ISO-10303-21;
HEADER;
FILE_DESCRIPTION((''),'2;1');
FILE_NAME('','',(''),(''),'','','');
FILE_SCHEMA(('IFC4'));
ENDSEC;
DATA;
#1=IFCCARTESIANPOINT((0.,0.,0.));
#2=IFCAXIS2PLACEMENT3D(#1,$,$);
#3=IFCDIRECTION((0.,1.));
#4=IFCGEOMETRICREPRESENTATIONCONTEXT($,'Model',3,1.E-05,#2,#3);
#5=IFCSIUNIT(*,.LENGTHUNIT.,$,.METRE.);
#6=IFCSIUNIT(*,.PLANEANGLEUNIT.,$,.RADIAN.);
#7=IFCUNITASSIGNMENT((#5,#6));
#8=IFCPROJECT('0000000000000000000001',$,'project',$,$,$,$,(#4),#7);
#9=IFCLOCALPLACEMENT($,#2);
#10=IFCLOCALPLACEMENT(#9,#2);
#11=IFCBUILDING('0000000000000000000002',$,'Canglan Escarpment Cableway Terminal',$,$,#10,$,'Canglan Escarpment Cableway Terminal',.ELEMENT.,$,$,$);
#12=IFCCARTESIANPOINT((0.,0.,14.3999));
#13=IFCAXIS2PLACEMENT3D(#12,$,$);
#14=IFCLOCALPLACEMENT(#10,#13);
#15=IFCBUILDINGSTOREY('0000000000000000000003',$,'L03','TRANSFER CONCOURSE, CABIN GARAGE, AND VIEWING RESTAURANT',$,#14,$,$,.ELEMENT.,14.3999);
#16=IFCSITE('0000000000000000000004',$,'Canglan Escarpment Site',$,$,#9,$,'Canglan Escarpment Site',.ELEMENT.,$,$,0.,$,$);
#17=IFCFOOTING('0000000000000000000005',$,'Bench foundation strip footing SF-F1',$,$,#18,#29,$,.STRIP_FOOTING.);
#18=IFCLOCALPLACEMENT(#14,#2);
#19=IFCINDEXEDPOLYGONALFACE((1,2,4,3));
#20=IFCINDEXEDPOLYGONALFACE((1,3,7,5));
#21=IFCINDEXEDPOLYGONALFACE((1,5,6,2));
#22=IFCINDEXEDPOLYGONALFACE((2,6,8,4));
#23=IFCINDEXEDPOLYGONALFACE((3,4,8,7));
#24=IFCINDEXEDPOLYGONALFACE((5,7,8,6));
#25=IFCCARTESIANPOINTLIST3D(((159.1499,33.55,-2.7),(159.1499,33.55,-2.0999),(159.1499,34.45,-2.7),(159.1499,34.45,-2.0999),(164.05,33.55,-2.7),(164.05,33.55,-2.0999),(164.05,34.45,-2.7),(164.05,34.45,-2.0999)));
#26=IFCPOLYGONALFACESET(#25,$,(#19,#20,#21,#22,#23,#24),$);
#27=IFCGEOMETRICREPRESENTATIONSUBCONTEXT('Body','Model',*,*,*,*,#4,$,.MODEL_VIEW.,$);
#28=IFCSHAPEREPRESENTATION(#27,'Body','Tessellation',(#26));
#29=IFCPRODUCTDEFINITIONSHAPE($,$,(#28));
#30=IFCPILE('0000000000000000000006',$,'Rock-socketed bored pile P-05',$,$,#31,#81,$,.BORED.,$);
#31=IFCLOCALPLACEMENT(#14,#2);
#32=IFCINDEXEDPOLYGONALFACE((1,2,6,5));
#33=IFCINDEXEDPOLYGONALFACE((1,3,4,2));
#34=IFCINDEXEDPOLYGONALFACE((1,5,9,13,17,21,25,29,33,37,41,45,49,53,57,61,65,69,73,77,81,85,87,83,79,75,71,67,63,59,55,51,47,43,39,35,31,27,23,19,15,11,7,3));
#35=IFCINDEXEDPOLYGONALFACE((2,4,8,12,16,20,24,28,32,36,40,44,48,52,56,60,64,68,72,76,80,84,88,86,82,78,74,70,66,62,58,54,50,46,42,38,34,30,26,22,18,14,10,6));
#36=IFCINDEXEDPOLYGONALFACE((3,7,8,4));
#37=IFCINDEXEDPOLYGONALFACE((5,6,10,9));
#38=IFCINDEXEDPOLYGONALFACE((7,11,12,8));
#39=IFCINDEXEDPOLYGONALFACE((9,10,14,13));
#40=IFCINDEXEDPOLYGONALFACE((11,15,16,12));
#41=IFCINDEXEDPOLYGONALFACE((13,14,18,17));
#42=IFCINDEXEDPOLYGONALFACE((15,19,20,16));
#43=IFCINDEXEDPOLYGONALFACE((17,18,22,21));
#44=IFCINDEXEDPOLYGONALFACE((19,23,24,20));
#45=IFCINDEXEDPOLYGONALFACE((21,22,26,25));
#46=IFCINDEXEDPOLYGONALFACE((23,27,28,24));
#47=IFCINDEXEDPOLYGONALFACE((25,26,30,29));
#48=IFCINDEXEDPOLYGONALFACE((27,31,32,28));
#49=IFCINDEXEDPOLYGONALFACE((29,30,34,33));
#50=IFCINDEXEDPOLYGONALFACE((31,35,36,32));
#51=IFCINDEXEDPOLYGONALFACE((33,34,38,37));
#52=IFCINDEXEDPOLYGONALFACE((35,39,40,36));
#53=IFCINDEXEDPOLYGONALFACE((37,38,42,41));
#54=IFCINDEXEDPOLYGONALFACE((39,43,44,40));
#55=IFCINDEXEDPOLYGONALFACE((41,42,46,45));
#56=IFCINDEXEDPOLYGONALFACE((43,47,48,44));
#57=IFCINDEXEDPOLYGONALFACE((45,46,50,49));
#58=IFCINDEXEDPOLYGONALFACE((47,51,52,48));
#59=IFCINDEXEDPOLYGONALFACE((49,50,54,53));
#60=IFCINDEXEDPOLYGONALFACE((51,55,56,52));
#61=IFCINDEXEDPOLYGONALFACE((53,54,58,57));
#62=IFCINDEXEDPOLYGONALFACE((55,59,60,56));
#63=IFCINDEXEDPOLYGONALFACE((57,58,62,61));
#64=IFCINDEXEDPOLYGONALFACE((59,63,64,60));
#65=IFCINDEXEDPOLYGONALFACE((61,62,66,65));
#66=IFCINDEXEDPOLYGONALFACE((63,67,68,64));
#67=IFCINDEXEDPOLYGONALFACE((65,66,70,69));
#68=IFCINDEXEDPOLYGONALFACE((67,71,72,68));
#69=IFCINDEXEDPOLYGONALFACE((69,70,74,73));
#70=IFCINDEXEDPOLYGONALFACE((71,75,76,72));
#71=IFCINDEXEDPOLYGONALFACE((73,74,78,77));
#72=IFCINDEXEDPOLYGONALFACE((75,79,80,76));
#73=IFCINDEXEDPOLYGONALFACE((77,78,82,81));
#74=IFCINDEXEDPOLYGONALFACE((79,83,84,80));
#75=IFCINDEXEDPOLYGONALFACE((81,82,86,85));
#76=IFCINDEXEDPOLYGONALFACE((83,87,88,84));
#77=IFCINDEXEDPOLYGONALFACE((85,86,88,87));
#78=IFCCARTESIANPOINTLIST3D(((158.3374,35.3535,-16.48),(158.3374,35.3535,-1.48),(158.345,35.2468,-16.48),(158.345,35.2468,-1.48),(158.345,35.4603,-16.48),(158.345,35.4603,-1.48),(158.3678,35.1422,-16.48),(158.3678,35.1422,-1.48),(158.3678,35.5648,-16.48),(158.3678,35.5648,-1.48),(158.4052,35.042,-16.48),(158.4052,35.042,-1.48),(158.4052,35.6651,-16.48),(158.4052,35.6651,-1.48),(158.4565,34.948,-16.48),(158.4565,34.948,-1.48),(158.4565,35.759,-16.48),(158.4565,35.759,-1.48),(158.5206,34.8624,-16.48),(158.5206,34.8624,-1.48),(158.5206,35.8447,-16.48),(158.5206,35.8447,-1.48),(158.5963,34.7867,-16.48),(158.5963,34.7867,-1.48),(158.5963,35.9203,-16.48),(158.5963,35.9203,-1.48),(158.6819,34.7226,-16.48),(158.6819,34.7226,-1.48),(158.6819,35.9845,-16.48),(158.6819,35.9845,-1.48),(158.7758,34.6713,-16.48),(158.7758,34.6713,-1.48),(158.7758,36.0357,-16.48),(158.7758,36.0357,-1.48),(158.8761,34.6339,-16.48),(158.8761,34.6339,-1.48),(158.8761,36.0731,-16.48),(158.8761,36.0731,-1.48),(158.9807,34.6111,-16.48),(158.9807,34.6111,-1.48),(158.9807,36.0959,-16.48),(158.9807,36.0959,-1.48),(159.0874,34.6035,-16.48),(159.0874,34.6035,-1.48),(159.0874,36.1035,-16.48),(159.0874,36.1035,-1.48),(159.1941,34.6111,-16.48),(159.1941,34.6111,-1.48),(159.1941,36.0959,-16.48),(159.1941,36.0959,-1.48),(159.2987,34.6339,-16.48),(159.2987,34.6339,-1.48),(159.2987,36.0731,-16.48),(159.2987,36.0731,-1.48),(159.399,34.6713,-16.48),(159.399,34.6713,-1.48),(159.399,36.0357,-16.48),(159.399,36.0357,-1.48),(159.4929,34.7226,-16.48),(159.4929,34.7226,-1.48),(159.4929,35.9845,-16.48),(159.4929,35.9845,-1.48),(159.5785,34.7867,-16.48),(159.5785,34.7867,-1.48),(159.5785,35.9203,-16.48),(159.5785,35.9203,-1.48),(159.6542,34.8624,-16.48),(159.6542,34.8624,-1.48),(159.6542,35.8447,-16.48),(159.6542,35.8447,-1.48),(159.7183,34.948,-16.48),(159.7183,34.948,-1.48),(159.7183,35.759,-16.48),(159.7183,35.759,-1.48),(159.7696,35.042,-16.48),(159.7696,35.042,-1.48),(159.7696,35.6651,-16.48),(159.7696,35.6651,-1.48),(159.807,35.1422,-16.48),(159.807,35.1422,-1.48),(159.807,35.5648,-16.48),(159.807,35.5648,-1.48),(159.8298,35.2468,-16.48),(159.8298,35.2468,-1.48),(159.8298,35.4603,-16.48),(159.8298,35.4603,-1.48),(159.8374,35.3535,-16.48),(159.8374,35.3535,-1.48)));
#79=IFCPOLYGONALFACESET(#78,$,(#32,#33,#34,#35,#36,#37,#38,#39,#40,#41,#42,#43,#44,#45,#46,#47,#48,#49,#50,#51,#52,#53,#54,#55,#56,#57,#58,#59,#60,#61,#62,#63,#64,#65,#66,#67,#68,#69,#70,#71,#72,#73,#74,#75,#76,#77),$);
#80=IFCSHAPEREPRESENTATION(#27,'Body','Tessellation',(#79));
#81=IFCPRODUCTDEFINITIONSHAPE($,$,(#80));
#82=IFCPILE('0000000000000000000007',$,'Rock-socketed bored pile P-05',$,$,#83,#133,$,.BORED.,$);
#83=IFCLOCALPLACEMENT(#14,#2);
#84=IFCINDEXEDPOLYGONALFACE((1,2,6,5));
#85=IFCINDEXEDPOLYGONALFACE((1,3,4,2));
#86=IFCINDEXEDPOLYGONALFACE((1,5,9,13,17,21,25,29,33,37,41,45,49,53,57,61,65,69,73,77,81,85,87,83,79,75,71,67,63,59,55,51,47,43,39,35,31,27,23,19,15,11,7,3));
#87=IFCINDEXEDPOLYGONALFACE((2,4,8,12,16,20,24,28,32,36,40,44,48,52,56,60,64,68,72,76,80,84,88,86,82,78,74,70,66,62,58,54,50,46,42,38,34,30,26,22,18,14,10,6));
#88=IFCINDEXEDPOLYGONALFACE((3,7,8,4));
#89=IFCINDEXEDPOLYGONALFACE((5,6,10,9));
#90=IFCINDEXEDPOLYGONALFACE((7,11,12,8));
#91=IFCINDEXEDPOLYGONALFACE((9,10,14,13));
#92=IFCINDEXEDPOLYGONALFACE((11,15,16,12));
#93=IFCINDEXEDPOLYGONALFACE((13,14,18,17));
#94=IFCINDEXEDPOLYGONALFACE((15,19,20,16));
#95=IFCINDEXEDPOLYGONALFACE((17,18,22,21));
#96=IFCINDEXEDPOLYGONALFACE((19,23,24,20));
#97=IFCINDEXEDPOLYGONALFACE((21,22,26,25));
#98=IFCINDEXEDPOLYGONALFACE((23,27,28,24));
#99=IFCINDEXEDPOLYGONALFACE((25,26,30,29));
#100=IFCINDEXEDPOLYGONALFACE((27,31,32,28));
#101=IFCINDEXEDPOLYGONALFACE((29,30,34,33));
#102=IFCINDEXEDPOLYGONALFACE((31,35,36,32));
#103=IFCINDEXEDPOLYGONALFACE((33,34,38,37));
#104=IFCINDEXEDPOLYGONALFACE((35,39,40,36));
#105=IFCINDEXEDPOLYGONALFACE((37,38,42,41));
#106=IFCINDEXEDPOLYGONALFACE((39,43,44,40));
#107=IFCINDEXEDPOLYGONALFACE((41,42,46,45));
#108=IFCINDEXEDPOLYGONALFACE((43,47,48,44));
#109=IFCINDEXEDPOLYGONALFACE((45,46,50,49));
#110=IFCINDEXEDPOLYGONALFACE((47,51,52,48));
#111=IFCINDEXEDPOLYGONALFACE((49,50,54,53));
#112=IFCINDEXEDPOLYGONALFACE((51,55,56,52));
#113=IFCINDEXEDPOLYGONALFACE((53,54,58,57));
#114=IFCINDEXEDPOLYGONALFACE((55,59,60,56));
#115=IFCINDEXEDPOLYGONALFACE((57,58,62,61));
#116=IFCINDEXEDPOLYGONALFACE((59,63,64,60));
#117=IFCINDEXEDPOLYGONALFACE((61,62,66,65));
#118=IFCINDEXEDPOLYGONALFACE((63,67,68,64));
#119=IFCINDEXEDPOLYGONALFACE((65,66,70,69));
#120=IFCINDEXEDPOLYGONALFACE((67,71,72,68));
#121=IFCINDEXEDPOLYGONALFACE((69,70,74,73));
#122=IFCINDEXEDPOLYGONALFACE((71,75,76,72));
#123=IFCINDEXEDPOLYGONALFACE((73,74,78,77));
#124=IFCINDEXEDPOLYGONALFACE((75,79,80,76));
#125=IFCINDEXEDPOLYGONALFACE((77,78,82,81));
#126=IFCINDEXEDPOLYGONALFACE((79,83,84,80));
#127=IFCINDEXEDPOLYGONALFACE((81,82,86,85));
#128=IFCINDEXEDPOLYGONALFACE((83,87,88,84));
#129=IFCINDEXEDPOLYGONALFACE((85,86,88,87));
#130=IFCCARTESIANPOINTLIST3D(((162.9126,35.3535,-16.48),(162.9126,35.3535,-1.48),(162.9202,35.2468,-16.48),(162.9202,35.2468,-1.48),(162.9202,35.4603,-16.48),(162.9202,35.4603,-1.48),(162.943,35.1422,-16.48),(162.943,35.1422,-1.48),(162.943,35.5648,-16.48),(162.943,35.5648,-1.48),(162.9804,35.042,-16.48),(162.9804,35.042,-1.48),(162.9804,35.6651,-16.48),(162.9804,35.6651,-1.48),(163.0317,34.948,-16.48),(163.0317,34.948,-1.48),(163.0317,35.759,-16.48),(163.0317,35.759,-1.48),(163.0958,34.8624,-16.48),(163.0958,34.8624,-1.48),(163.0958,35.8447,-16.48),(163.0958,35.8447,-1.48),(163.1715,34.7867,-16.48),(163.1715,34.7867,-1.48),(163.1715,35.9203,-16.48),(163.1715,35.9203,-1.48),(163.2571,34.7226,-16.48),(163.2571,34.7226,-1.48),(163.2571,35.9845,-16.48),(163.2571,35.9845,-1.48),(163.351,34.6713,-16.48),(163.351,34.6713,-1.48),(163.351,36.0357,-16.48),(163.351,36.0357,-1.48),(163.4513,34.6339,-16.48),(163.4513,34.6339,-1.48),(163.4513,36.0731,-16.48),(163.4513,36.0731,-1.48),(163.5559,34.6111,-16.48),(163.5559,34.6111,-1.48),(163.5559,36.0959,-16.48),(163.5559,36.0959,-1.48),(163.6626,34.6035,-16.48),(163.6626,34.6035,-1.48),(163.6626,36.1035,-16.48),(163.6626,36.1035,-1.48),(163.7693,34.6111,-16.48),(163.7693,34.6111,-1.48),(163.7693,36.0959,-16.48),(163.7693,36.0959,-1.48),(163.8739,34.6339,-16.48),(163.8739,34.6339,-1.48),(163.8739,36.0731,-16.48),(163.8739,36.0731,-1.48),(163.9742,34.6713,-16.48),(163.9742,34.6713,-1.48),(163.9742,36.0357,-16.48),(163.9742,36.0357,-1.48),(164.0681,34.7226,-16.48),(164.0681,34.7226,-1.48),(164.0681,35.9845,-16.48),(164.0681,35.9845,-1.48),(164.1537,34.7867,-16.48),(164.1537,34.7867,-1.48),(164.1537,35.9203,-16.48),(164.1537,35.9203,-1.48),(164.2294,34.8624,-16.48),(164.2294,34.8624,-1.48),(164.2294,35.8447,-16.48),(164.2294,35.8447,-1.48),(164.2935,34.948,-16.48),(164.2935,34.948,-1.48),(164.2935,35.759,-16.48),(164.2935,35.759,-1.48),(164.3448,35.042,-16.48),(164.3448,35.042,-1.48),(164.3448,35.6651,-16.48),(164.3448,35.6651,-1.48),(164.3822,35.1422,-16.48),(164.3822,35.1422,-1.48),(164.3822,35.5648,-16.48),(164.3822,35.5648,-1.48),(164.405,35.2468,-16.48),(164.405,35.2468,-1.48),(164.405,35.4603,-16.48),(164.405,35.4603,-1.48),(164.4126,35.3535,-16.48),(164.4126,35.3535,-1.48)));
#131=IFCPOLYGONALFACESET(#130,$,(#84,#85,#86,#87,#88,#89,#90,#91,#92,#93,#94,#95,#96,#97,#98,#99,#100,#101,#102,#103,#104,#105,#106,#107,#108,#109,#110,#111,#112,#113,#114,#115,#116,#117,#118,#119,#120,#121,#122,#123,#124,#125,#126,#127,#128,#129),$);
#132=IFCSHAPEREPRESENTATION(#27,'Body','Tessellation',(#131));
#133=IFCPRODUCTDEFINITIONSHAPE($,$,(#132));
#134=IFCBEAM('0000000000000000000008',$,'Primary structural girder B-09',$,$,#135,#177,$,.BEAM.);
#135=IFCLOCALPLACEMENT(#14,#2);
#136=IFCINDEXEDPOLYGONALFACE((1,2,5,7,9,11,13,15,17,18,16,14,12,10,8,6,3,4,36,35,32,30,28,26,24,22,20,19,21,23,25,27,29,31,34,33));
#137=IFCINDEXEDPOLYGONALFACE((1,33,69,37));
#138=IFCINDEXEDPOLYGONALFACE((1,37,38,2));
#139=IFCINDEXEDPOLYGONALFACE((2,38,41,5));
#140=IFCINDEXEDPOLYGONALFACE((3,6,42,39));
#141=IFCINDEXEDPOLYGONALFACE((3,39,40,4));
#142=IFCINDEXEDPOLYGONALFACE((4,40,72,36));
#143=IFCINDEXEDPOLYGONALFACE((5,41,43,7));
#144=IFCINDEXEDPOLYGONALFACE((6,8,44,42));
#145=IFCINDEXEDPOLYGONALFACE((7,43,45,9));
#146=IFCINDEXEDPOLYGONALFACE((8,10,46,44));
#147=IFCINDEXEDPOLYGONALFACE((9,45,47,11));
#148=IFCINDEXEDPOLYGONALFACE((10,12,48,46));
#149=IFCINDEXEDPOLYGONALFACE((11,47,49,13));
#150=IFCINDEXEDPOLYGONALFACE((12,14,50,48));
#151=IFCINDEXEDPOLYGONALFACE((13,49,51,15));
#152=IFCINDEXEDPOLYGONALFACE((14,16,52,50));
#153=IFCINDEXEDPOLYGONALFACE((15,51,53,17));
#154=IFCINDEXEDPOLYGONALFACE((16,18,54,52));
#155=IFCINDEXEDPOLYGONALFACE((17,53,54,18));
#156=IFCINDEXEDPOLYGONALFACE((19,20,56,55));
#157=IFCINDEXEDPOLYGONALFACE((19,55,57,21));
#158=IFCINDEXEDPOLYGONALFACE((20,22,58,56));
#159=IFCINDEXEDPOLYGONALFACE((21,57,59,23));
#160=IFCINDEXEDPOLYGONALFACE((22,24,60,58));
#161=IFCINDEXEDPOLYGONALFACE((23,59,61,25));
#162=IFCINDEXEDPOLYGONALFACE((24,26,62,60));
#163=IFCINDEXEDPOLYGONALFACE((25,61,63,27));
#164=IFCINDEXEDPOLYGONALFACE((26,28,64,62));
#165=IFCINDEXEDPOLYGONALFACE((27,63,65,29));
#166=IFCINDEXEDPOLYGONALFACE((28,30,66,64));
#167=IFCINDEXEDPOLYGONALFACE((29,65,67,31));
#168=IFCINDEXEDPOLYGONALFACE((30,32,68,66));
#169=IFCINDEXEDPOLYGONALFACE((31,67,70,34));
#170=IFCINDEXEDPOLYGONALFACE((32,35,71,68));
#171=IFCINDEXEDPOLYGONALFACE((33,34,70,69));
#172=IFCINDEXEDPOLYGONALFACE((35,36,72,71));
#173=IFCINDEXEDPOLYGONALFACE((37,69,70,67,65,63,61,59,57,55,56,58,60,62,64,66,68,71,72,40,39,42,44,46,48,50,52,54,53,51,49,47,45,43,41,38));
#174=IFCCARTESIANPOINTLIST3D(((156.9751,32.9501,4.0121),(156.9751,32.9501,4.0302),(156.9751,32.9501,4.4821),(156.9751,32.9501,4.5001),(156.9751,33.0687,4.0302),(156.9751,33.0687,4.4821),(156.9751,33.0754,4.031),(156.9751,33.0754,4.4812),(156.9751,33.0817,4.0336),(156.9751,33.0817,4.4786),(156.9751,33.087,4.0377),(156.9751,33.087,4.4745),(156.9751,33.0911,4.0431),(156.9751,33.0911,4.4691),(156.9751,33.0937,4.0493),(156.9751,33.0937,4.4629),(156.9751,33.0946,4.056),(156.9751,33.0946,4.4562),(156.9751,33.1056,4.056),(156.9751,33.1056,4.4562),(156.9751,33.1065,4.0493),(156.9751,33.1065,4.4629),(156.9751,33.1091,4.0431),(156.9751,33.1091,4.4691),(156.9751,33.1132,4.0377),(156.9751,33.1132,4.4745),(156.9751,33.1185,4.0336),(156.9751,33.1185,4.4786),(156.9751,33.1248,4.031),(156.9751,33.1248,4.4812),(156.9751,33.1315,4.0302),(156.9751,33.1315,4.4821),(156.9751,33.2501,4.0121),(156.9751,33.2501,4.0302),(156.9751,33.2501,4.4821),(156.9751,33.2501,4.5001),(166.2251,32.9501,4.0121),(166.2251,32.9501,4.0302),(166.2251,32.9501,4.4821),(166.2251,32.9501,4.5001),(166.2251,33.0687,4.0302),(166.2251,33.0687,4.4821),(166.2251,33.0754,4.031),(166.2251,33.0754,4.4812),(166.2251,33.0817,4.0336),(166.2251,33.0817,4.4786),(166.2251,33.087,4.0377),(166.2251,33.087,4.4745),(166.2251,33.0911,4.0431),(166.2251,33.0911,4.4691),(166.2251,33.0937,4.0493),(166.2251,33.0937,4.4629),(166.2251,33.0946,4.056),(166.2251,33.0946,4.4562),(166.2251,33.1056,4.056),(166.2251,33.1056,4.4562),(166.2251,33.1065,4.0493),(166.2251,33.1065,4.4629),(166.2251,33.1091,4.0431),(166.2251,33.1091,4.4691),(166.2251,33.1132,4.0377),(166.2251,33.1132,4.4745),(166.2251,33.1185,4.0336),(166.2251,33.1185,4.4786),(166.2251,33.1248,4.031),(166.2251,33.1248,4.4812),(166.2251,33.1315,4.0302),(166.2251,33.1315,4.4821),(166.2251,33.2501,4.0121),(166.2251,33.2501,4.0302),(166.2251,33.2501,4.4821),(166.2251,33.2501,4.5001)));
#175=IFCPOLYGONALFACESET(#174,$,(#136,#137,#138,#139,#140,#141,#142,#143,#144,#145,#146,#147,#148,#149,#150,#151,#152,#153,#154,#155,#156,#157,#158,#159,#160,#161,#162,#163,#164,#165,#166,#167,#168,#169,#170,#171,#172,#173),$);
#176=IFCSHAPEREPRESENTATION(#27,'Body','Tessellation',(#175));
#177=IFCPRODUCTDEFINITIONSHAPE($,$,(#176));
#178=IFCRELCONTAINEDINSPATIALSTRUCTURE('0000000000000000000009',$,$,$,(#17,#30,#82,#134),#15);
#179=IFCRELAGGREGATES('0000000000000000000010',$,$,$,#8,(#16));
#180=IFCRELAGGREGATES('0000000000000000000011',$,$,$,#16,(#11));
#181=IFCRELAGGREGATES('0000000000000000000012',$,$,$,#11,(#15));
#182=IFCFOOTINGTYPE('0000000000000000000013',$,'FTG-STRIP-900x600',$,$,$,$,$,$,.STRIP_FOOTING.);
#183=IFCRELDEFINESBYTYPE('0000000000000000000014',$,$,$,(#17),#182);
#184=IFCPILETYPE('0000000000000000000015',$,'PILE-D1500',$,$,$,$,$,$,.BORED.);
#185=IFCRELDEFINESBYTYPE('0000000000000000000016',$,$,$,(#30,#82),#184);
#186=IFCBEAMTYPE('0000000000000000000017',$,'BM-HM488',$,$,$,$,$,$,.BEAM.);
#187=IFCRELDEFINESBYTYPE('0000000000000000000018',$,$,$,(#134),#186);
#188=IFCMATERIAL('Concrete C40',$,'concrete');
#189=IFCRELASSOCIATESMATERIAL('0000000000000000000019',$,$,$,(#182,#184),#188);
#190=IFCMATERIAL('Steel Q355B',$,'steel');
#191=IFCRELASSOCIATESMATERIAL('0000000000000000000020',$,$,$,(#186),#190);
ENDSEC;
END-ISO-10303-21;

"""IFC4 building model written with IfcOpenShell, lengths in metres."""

from ifc_helpers import new_model, si_unit, direction, frame, origin, origin_2d, place, context, subcontext, project, spatial, rectangle, circle, i_section, extrude, material, material_profile, profile_set, type_object, element, save


model = new_model("IFC4")

# Units and contexts
model_context = context("Model", 3, precision=1e-05, world=origin(), true_north=direction((0.0, 1.0)))
body_context = subcontext(model_context, "Body", "Model", "MODEL_VIEW")
ifc_project = project(units=[si_unit("LENGTHUNIT", "METRE"), si_unit("PLANEANGLEUNIT", "RADIAN")], contexts=[model_context])

# Site, building, storey
site_placement = place(None, origin())
site = spatial("IfcSite", under=ifc_project, at=site_placement, Name="Canglan Escarpment Site", LongName="Canglan Escarpment Site", CompositionType="ELEMENT", RefElevation=0.0)
building_placement = place(site_placement, origin())
building = spatial("IfcBuilding", under=site, at=building_placement, Name="Canglan Escarpment Cableway Terminal", LongName="Canglan Escarpment Cableway Terminal", CompositionType="ELEMENT")
storey_placement = place(building_placement, frame((0.0, 0.0, 14.3999)))
storey = spatial("IfcBuildingStorey", under=building, at=storey_placement, Name="L03", Description="TRANSFER CONCOURSE, CABIN GARAGE, AND VIEWING RESTAURANT", CompositionType="ELEMENT", Elevation=14.3999)

# Footing
ifc_material_1 = material(Name="Concrete C40", Category="concrete")
ifc_material_profile_1 = material_profile(ifc_material_1, rectangle(XDim=0.8999, YDim=0.6001, at=origin_2d()), Name="SF 900x600")
ifc_profile_set_1 = profile_set([ifc_material_profile_1], Name="Concrete C40")
footing_type = type_object("IfcFootingType", Name="FTG-STRIP-900x600", PredefinedType="STRIP_FOOTING", material=ifc_profile_set_1)
footing_placement = place(storey_placement, frame((159.1499, 34.0, -2.3999), z_axis=(1.0, 0.0, 0.0), x_axis=(0.0, 1.0, 0.0)))
element("IfcFooting", 1, at=footing_placement, inside=storey, type_object=footing_type, Name="Bench foundation strip footing SF-F1", PredefinedType="STRIP_FOOTING", context=body_context, shape_type="SweptSolid", body=[
    extrude(rectangle(XDim=0.8999, YDim=0.6001, at=origin_2d()), origin(), (0.0, 0.0, 1.0), 4.9001),
])

# Piles
ifc_material_profile_2 = material_profile(ifc_material_1, circle(Radius=0.75, at=origin_2d()), Name="BORED PILE D1500")
ifc_profile_set_2 = profile_set([ifc_material_profile_2], Name="Concrete C40")
pile_type = type_object("IfcPileType", Name="PILE-D1500", PredefinedType="BORED", material=ifc_profile_set_2)
for number, where, z_axis, x_axis, name in (
    (2, (159.0874, 35.3535, -1.48), (0.0, 0.0, -1.0), (1.0, 0.0, 0.0), "Rock-socketed bored pile P-05"),
    (3, (163.6626, 35.3535, -1.48), (0.0, 0.0, -1.0), (1.0, 0.0, 0.0), "Rock-socketed bored pile P-05"),
):
    element("IfcPile", number, at=place(storey_placement, frame(where, z_axis=z_axis, x_axis=x_axis)), inside=storey, type_object=pile_type, Name=name, PredefinedType="BORED", context=body_context, shape_type="SweptSolid", body=[
        extrude(circle(Radius=0.75, at=origin_2d()), origin(), (0.0, 0.0, 1.0), 15.0),
    ])

# Beam
ifc_material_2 = material(Name="Steel Q355B", Category="steel")
ifc_material_profile_3 = material_profile(ifc_material_2, i_section(OverallWidth=0.3, OverallDepth=0.488, WebThickness=0.011, FlangeThickness=0.0181, FilletRadius=0.0259, at=origin_2d()), Name="HM 488x300x11x18")
ifc_profile_set_3 = profile_set([ifc_material_profile_3], Name="Steel Q355B")
beam_type_1 = type_object("IfcBeamType", Name="BM-HM488", PredefinedType="BEAM", material=ifc_profile_set_3)
beam_1_placement = place(storey_placement, frame((156.9751, 33.1001, 4.2561), z_axis=(1.0, 0.0, 0.0), x_axis=(0.0, 1.0, 0.0)))
element("IfcBeam", 4, at=beam_1_placement, inside=storey, type_object=beam_type_1, Name="Primary structural girder B-09", PredefinedType="BEAM", context=body_context, shape_type="SweptSolid", body=[
    extrude(i_section(OverallWidth=0.3, OverallDepth=0.488, WebThickness=0.011, FlangeThickness=0.0181, FilletRadius=0.0259, at=origin_2d()), origin(), (0.0, 0.0, 1.0), 9.25),
])

save(model, "model.ifc")
